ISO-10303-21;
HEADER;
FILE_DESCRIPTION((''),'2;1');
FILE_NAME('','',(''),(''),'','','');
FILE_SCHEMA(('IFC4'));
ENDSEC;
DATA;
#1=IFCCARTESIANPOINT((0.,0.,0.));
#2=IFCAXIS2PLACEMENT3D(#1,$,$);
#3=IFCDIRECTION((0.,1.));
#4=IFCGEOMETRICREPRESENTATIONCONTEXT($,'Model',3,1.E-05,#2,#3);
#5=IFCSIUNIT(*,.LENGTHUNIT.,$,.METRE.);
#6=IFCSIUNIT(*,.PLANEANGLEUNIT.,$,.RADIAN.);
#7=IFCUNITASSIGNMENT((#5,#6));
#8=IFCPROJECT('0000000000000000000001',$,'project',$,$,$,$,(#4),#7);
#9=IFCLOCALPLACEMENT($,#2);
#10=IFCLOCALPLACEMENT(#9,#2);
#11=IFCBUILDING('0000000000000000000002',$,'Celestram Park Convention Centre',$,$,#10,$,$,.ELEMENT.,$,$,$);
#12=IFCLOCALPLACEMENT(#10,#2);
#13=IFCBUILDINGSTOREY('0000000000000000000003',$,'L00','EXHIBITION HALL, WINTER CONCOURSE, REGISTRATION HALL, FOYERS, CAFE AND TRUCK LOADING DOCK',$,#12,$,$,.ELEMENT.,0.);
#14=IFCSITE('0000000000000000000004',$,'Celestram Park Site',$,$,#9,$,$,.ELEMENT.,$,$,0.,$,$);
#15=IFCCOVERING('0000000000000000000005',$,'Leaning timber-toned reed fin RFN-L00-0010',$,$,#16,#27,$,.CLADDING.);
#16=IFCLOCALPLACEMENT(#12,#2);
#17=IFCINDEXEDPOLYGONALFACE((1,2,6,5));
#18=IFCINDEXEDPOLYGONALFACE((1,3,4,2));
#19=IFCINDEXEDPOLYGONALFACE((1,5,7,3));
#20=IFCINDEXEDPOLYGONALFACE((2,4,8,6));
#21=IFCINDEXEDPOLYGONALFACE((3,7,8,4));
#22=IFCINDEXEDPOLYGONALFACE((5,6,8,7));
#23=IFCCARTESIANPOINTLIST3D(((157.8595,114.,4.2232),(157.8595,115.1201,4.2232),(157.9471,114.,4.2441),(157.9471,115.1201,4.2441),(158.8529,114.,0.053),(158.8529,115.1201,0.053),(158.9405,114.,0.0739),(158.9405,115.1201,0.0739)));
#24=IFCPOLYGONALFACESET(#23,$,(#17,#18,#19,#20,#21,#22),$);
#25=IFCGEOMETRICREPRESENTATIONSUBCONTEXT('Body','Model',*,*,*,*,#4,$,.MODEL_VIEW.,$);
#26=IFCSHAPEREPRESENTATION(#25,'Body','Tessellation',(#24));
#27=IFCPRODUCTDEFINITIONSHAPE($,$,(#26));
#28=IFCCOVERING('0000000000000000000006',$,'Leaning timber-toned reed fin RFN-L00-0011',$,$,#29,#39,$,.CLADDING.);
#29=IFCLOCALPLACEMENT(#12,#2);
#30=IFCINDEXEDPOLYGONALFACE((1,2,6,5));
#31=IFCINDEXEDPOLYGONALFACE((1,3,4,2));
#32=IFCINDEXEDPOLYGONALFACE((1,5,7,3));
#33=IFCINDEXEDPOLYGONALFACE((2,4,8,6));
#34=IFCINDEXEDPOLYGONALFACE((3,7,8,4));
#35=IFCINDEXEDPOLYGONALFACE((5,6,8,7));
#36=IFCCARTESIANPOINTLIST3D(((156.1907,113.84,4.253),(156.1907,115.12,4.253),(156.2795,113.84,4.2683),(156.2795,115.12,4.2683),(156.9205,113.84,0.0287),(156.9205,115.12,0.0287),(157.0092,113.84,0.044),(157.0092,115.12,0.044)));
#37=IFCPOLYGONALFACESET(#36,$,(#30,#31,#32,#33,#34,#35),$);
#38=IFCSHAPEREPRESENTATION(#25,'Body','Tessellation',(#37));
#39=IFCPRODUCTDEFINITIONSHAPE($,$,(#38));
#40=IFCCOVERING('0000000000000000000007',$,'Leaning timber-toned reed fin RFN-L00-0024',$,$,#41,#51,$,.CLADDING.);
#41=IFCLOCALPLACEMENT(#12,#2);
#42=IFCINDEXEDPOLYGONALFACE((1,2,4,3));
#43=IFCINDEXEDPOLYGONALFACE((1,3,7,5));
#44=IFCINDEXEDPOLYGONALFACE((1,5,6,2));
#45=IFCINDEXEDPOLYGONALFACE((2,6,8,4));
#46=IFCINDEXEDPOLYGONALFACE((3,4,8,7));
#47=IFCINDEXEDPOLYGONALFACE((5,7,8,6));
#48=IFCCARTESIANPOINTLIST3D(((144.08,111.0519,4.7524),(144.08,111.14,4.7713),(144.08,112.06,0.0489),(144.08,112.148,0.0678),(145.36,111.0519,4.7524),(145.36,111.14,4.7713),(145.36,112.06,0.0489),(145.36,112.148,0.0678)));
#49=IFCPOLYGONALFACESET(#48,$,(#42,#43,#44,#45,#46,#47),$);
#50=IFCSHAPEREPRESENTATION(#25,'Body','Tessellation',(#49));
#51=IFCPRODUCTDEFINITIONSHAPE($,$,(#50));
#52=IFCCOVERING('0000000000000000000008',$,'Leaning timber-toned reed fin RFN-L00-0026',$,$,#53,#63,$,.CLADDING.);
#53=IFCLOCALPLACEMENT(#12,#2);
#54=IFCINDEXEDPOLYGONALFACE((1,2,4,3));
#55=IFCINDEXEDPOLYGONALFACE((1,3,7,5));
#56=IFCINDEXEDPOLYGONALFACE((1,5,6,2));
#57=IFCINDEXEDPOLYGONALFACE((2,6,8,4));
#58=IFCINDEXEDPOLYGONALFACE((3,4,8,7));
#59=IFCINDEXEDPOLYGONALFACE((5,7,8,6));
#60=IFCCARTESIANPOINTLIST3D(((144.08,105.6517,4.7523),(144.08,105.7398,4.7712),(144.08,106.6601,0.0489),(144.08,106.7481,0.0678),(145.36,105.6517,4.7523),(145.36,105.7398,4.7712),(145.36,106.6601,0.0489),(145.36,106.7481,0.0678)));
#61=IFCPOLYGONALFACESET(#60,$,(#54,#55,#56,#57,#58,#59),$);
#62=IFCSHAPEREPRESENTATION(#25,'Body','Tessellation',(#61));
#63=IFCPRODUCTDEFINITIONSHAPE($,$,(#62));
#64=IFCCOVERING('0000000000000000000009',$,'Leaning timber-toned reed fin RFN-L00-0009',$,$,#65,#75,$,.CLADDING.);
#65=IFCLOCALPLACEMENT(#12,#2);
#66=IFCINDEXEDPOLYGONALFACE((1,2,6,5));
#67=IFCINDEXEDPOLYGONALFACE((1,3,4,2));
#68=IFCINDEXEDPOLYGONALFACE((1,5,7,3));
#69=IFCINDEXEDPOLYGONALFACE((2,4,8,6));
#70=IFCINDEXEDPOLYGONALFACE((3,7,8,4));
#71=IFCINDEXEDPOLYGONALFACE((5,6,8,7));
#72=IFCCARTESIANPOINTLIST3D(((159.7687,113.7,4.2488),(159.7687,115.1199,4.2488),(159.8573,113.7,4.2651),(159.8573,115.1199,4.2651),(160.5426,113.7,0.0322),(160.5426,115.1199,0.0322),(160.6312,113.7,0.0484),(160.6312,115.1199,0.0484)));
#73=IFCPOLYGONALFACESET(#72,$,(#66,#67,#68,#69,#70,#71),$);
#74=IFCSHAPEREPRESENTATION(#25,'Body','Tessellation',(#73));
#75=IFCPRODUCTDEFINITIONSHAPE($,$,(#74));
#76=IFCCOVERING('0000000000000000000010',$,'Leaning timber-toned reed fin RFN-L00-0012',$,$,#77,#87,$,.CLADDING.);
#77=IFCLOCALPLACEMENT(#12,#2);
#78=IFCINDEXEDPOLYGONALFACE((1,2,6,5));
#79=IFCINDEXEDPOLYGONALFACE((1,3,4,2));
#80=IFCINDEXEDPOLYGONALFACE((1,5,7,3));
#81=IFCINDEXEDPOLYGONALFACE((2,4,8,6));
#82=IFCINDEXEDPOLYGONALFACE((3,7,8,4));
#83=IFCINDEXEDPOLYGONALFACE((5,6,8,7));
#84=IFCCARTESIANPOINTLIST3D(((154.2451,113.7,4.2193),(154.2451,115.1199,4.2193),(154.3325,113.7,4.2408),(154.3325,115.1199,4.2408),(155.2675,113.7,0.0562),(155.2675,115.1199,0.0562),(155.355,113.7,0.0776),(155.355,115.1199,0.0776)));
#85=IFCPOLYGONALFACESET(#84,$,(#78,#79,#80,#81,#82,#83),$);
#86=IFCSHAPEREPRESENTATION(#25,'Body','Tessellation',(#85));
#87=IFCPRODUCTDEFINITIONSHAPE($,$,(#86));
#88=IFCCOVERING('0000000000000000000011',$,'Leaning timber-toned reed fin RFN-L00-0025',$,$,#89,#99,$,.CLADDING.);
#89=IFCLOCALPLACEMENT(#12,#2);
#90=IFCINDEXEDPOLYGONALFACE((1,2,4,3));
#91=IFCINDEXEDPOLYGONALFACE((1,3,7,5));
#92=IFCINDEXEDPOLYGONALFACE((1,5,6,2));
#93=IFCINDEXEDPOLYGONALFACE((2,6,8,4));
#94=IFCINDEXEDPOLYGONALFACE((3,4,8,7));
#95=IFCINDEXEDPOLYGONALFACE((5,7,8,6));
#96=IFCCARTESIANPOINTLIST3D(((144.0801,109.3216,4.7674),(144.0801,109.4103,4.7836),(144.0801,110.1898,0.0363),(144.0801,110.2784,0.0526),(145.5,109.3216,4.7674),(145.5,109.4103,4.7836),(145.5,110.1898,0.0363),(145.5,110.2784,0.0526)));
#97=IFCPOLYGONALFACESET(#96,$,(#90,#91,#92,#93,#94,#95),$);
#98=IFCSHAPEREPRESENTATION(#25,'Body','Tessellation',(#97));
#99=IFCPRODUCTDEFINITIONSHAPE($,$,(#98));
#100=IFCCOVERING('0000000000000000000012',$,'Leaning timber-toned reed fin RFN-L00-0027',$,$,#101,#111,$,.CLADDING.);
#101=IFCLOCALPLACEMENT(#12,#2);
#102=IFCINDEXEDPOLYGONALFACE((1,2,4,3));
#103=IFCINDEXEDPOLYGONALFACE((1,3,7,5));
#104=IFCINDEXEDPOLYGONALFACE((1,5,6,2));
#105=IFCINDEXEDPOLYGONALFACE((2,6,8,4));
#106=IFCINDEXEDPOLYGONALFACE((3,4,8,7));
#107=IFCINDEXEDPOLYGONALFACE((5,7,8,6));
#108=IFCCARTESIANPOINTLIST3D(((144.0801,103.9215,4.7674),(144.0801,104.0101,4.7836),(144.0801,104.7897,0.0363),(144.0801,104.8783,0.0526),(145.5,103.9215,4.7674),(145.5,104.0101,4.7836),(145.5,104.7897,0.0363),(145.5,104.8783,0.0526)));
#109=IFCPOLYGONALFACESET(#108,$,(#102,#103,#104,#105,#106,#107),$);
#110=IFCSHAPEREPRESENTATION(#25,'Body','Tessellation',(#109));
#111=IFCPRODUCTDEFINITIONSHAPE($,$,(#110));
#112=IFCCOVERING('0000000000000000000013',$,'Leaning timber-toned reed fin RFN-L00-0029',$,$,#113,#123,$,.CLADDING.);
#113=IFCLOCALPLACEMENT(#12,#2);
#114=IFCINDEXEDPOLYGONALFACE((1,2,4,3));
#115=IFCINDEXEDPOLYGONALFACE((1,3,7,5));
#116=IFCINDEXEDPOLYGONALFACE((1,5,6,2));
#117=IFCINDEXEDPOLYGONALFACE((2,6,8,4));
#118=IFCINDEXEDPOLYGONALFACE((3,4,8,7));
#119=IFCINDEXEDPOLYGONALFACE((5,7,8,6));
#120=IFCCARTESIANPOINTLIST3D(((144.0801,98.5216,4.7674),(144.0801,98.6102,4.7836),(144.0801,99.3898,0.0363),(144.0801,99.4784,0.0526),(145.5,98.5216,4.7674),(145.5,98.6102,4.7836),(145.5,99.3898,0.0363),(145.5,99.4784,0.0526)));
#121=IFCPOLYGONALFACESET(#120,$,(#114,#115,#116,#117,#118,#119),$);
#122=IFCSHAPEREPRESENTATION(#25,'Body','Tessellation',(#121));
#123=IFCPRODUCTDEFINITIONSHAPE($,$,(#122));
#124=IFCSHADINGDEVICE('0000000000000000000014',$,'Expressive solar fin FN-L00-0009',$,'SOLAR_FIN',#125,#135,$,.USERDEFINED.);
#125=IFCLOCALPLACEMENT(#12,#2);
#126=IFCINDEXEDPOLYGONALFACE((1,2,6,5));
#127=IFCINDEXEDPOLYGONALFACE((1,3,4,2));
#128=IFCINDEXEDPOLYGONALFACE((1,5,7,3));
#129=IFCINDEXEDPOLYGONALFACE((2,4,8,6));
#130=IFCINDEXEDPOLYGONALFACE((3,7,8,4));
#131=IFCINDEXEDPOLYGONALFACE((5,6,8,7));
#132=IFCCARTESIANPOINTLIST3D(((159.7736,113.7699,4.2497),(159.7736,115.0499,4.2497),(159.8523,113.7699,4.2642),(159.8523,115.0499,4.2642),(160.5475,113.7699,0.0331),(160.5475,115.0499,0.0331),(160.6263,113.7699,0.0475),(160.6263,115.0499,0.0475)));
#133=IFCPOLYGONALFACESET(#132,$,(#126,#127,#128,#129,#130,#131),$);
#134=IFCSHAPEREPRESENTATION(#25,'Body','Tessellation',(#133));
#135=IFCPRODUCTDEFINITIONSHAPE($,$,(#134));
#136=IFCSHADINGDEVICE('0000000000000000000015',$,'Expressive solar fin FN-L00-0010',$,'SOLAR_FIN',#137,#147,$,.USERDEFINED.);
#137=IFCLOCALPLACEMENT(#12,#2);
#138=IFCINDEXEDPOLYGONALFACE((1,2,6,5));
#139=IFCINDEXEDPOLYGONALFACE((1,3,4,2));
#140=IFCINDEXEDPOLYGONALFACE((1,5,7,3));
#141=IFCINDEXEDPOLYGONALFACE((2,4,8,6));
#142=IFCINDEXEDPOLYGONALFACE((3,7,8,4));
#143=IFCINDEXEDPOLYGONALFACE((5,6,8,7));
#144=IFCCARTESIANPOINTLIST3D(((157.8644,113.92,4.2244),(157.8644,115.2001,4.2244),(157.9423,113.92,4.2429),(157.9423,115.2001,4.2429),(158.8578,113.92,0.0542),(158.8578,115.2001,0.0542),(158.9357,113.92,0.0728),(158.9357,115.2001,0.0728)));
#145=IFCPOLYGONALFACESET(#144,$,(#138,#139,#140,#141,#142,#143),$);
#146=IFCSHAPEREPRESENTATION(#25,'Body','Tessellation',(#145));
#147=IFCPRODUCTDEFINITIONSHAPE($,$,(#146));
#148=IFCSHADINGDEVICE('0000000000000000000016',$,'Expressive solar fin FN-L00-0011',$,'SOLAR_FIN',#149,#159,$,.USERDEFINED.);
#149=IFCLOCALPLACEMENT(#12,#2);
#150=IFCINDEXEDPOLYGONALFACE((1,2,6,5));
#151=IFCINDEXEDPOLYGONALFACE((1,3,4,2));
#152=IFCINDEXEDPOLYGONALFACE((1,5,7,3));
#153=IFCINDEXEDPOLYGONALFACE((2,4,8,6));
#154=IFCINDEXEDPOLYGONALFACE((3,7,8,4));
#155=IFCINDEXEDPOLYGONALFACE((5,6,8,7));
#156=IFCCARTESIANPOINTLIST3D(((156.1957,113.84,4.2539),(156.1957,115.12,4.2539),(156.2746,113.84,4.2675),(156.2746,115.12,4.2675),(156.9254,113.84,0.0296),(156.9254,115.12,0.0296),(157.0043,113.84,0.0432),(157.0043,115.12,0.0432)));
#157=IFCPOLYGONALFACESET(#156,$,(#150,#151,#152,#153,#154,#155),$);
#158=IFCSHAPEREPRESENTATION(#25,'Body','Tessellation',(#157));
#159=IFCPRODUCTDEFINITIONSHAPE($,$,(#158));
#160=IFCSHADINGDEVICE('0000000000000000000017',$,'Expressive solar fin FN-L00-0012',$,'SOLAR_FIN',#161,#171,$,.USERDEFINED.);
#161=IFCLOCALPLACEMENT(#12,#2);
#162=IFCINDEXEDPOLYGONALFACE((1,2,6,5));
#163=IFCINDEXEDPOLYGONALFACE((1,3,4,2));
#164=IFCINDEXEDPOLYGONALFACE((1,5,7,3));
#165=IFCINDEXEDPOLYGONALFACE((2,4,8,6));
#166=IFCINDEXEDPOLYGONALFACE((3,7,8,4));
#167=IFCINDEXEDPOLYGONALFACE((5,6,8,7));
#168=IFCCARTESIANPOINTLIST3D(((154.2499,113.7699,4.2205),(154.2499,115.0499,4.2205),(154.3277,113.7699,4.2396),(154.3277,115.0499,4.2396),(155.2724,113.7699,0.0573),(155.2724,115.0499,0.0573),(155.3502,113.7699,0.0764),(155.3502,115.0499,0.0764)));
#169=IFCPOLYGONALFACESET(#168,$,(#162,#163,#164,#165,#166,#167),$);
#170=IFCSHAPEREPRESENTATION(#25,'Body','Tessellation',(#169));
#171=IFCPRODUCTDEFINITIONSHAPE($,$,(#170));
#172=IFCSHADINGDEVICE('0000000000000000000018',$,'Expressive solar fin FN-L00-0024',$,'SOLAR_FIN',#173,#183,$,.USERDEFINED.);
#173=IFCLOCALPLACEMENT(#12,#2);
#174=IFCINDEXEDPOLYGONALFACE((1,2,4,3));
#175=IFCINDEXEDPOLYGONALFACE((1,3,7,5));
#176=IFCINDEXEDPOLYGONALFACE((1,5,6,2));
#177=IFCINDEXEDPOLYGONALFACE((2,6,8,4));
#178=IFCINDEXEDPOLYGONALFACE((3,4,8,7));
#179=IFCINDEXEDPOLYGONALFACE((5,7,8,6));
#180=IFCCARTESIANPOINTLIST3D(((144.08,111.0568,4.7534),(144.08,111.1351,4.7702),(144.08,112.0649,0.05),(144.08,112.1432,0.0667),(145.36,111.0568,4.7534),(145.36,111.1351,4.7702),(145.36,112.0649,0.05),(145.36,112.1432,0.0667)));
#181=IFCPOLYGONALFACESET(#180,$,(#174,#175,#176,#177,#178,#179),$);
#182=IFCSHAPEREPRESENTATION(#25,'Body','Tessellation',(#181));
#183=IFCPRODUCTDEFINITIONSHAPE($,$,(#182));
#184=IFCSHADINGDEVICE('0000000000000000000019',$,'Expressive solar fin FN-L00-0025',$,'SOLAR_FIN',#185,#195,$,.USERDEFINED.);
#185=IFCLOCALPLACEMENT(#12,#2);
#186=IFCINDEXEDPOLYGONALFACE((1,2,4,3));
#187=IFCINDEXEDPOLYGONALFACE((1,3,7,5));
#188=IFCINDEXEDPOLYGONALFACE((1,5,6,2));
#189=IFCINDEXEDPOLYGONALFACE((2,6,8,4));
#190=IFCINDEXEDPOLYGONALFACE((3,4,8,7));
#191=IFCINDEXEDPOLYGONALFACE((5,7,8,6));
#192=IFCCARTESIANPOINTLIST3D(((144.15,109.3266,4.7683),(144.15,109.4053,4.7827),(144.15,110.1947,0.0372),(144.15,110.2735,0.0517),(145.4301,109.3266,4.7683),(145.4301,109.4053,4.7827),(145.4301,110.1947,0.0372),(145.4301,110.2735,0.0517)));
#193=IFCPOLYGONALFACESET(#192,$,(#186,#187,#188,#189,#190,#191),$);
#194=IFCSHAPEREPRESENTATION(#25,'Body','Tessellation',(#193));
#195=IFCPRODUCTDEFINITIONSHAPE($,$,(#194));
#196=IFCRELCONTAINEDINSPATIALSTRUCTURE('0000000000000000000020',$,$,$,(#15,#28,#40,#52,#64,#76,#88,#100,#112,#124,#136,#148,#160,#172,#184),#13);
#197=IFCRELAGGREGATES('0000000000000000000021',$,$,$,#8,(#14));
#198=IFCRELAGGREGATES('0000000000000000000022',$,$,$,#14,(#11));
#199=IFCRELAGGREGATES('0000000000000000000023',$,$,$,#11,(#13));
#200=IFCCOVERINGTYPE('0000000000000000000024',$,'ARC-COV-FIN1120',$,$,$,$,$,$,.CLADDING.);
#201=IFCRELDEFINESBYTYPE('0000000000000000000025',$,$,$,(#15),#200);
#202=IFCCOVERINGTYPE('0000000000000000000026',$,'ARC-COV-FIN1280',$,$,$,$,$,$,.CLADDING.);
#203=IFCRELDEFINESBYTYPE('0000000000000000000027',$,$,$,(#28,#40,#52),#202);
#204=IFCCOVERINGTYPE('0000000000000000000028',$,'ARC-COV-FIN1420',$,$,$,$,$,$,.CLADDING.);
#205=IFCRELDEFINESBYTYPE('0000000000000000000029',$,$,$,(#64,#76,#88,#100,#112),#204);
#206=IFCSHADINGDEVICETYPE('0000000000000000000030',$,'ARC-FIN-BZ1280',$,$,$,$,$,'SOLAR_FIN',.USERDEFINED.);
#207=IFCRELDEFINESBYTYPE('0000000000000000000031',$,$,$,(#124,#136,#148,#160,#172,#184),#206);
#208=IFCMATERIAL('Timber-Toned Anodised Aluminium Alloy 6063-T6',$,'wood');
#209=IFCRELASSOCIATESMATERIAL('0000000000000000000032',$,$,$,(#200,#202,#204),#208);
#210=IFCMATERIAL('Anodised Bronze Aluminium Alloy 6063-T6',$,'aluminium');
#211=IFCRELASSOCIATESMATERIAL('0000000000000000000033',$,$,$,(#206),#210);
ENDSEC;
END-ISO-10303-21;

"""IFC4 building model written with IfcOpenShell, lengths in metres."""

from ifc_helpers import new_model, si_unit, direction, frame, origin, origin_2d, place, context, subcontext, project, spatial, rectangle, extrude, material, material_profile, profile_set, type_object, element, save


model = new_model("IFC4")

# Units and contexts
model_context = context("Model", 3, precision=1e-05, world=origin(), true_north=direction((0.0, 1.0)))
body_context = subcontext(model_context, "Body", "Model", "MODEL_VIEW")
ifc_project = project(units=[si_unit("LENGTHUNIT", "METRE"), si_unit("PLANEANGLEUNIT", "RADIAN")], contexts=[model_context])

# Site, building, storey
site_placement = place(None, origin())
site = spatial("IfcSite", under=ifc_project, at=site_placement, Name="Celestram Park Site", CompositionType="ELEMENT", RefElevation=0.0)
building_placement = place(site_placement, origin())
building = spatial("IfcBuilding", under=site, at=building_placement, Name="Celestram Park Convention Centre", CompositionType="ELEMENT")
storey_placement = place(building_placement, origin())
storey = spatial("IfcBuildingStorey", under=building, at=storey_placement, Name="L00", Description="EXHIBITION HALL, WINTER CONCOURSE, REGISTRATION HALL, FOYERS, CAFE AND TRUCK LOADING DOCK", CompositionType="ELEMENT", Elevation=0.0)

# Coverings
ifc_material_1 = material(Name="Timber-Toned Anodised Aluminium Alloy 6063-T6", Category="wood")
ifc_material_profile_1 = material_profile(ifc_material_1, rectangle(XDim=1.1201, YDim=0.0901, at=origin_2d()), Name="REED1120X90")
ifc_profile_set_1 = profile_set([ifc_material_profile_1], Name="Timber-Toned Anodised Aluminium Alloy 6063-T6")
covering_type_1 = type_object("IfcCoveringType", Name="ARC-COV-FIN1120", PredefinedType="CLADDING", material=ifc_profile_set_1)
covering_1_placement = place(storey_placement, frame((158.8967, 114.5601, 0.0635), z_axis=(-0.231733, 0.0, 0.972779), x_axis=(0.0, -1.0, 0.0)))
element("IfcCovering", 1, at=covering_1_placement, inside=storey, type_object=covering_type_1, Name="Leaning timber-toned reed fin RFN-L00-0010", PredefinedType="CLADDING", context=body_context, shape_type="SweptSolid", body=[
    extrude(rectangle(XDim=1.1201, YDim=0.0901, at=origin_2d()), origin(), (0.0, 0.0, 1.0), 4.2869),
])
ifc_material_profile_2 = material_profile(ifc_material_1, rectangle(XDim=1.28, YDim=0.0901, at=origin_2d()), Name="REED1280X90")
ifc_profile_set_2 = profile_set([ifc_material_profile_2], Name="Timber-Toned Anodised Aluminium Alloy 6063-T6")
covering_type_2 = type_object("IfcCoveringType", Name="ARC-COV-FIN1280", PredefinedType="CLADDING", material=ifc_profile_set_2)
covering_2_placement = place(storey_placement, frame((156.9648, 114.48, 0.0364), z_axis=(-0.170223, 0.0, 0.985405), x_axis=(0.0, -1.0, 0.0)))
element("IfcCovering", 2, at=covering_2_placement, inside=storey, type_object=covering_type_2, Name="Leaning timber-toned reed fin RFN-L00-0011", PredefinedType="CLADDING", context=body_context, shape_type="SweptSolid", body=[
    extrude(rectangle(XDim=1.28, YDim=0.0901, at=origin_2d()), origin(), (0.0, 0.0, 1.0), 4.2869),
])
for number, where, z_axis, x_axis, name in (
    (3, (144.72, 112.104, 0.0583), (0.0, -0.209567, 0.977794), (1.0, 0.0, 0.0), "Leaning timber-toned reed fin RFN-L00-0024"),
    (4, (144.72, 106.7041, 0.0583), (0.0, -0.209616, 0.977784), (1.0, 0.0, 0.0), "Leaning timber-toned reed fin RFN-L00-0026"),
):
    element("IfcCovering", number, at=place(storey_placement, frame(where, z_axis=z_axis, x_axis=x_axis)), inside=storey, type_object=covering_type_2, Name=name, PredefinedType="CLADDING", context=body_context, shape_type="SweptSolid", body=[
        extrude(rectangle(XDim=1.28, YDim=0.0901, at=origin_2d()), origin(), (0.0, 0.0, 1.0), 4.8103),
    ])
ifc_material_profile_3 = material_profile(ifc_material_1, rectangle(XDim=1.4199, YDim=0.0901, at=origin_2d()), Name="REED1420X90")
ifc_profile_set_3 = profile_set([ifc_material_profile_3], Name="Timber-Toned Anodised Aluminium Alloy 6063-T6")
covering_type_3 = type_object("IfcCoveringType", Name="ARC-COV-FIN1420", PredefinedType="CLADDING", material=ifc_profile_set_3)
covering_3_placement = place(storey_placement, frame((160.5869, 114.4099, 0.0403), z_axis=(-0.180529, 0.0, 0.98357), x_axis=(0.0, -1.0, 0.0)))
element("IfcCovering", 5, at=covering_3_placement, inside=storey, type_object=covering_type_3, Name="Leaning timber-toned reed fin RFN-L00-0009", PredefinedType="CLADDING", context=body_context, shape_type="SweptSolid", body=[
    extrude(rectangle(XDim=1.4199, YDim=0.0901, at=origin_2d()), origin(), (0.0, 0.0, 1.0), 4.2871),
])
covering_4_placement = place(storey_placement, frame((155.3113, 114.4099, 0.0669), z_axis=(-0.238513, 0.0, 0.971139), x_axis=(0.0, -1.0, 0.0)))
element("IfcCovering", 6, at=covering_4_placement, inside=storey, type_object=covering_type_3, Name="Leaning timber-toned reed fin RFN-L00-0012", PredefinedType="CLADDING", context=body_context, shape_type="SweptSolid", body=[
    extrude(rectangle(XDim=1.4199, YDim=0.0901, at=origin_2d()), origin(), (0.0, 0.0, 1.0), 4.2869),
])
for number, where, z_axis, x_axis, name in (
    (7, (144.79, 110.2341, 0.0444), (0.0, -0.180493, 0.983576), (1.0, 0.0, 0.0), "Leaning timber-toned reed fin RFN-L00-0025"),
    (8, (144.79, 104.834, 0.0444), (0.0, -0.180493, 0.983576), (1.0, 0.0, 0.0), "Leaning timber-toned reed fin RFN-L00-0027"),
    (9, (144.79, 99.4341, 0.0444), (0.0, -0.180493, 0.983576), (1.0, 0.0, 0.0), "Leaning timber-toned reed fin RFN-L00-0029"),
):
    element("IfcCovering", number, at=place(storey_placement, frame(where, z_axis=z_axis, x_axis=x_axis)), inside=storey, type_object=covering_type_3, Name=name, PredefinedType="CLADDING", context=body_context, shape_type="SweptSolid", body=[
        extrude(rectangle(XDim=1.4199, YDim=0.0901, at=origin_2d()), origin(), (0.0, 0.0, 1.0), 4.8101),
    ])

# Shading devices
ifc_material_2 = material(Name="Anodised Bronze Aluminium Alloy 6063-T6", Category="aluminium")
ifc_material_profile_4 = material_profile(ifc_material_2, rectangle(XDim=1.28, YDim=0.0801, at=origin_2d()), Name="FIN1280X80")
ifc_profile_set_4 = profile_set([ifc_material_profile_4], Name="Anodised Bronze Aluminium Alloy 6063-T6")
shading_device_type = type_object("IfcShadingDeviceType", Name="ARC-FIN-BZ1280", ElementType="SOLAR_FIN", PredefinedType="USERDEFINED", material=ifc_profile_set_4)
shading_device_1_placement = place(storey_placement, frame((160.5869, 114.4099, 0.0403), z_axis=(-0.180529, 0.0, 0.98357), x_axis=(0.0, -1.0, 0.0)))
element("IfcShadingDevice", 10, at=shading_device_1_placement, inside=storey, type_object=shading_device_type, Name="Expressive solar fin FN-L00-0009", ObjectType="SOLAR_FIN", PredefinedType="USERDEFINED", context=body_context, shape_type="SweptSolid", body=[
    extrude(rectangle(XDim=1.28, YDim=0.0801, at=origin_2d()), origin(), (0.0, 0.0, 1.0), 4.2871),
])
for number, where, z_axis, x_axis, name in (
    (11, (158.8967, 114.5601, 0.0635), (-0.231733, 0.0, 0.972779), (0.0, -1.0, 0.0), "Expressive solar fin FN-L00-0010"),
    (12, (156.9648, 114.48, 0.0364), (-0.170223, 0.0, 0.985405), (0.0, -1.0, 0.0), "Expressive solar fin FN-L00-0011"),
    (13, (155.3113, 114.4099, 0.0669), (-0.238513, 0.0, 0.971139), (0.0, -1.0, 0.0), "Expressive solar fin FN-L00-0012"),
):
    element("IfcShadingDevice", number, at=place(storey_placement, frame(where, z_axis=z_axis, x_axis=x_axis)), inside=storey, type_object=shading_device_type, Name=name, ObjectType="SOLAR_FIN", PredefinedType="USERDEFINED", context=body_context, shape_type="SweptSolid", body=[
        extrude(rectangle(XDim=1.28, YDim=0.0801, at=origin_2d()), origin(), (0.0, 0.0, 1.0), 4.2869),
    ])
shading_device_2_placement = place(storey_placement, frame((144.72, 112.104, 0.0583), z_axis=(0.0, -0.209567, 0.977794), x_axis=(1.0, 0.0, 0.0)))
element("IfcShadingDevice", 14, at=shading_device_2_placement, inside=storey, type_object=shading_device_type, Name="Expressive solar fin FN-L00-0024", ObjectType="SOLAR_FIN", PredefinedType="USERDEFINED", context=body_context, shape_type="SweptSolid", body=[
    extrude(rectangle(XDim=1.28, YDim=0.0801, at=origin_2d()), origin(), (0.0, 0.0, 1.0), 4.8103),
])
shading_device_3_placement = place(storey_placement, frame((144.79, 110.2341, 0.0444), z_axis=(0.0, -0.180493, 0.983576), x_axis=(1.0, 0.0, 0.0)))
element("IfcShadingDevice", 15, at=shading_device_3_placement, inside=storey, type_object=shading_device_type, Name="Expressive solar fin FN-L00-0025", ObjectType="SOLAR_FIN", PredefinedType="USERDEFINED", context=body_context, shape_type="SweptSolid", body=[
    extrude(rectangle(XDim=1.28, YDim=0.0801, at=origin_2d()), origin(), (0.0, 0.0, 1.0), 4.8101),
])

save(model, "model.ifc")
